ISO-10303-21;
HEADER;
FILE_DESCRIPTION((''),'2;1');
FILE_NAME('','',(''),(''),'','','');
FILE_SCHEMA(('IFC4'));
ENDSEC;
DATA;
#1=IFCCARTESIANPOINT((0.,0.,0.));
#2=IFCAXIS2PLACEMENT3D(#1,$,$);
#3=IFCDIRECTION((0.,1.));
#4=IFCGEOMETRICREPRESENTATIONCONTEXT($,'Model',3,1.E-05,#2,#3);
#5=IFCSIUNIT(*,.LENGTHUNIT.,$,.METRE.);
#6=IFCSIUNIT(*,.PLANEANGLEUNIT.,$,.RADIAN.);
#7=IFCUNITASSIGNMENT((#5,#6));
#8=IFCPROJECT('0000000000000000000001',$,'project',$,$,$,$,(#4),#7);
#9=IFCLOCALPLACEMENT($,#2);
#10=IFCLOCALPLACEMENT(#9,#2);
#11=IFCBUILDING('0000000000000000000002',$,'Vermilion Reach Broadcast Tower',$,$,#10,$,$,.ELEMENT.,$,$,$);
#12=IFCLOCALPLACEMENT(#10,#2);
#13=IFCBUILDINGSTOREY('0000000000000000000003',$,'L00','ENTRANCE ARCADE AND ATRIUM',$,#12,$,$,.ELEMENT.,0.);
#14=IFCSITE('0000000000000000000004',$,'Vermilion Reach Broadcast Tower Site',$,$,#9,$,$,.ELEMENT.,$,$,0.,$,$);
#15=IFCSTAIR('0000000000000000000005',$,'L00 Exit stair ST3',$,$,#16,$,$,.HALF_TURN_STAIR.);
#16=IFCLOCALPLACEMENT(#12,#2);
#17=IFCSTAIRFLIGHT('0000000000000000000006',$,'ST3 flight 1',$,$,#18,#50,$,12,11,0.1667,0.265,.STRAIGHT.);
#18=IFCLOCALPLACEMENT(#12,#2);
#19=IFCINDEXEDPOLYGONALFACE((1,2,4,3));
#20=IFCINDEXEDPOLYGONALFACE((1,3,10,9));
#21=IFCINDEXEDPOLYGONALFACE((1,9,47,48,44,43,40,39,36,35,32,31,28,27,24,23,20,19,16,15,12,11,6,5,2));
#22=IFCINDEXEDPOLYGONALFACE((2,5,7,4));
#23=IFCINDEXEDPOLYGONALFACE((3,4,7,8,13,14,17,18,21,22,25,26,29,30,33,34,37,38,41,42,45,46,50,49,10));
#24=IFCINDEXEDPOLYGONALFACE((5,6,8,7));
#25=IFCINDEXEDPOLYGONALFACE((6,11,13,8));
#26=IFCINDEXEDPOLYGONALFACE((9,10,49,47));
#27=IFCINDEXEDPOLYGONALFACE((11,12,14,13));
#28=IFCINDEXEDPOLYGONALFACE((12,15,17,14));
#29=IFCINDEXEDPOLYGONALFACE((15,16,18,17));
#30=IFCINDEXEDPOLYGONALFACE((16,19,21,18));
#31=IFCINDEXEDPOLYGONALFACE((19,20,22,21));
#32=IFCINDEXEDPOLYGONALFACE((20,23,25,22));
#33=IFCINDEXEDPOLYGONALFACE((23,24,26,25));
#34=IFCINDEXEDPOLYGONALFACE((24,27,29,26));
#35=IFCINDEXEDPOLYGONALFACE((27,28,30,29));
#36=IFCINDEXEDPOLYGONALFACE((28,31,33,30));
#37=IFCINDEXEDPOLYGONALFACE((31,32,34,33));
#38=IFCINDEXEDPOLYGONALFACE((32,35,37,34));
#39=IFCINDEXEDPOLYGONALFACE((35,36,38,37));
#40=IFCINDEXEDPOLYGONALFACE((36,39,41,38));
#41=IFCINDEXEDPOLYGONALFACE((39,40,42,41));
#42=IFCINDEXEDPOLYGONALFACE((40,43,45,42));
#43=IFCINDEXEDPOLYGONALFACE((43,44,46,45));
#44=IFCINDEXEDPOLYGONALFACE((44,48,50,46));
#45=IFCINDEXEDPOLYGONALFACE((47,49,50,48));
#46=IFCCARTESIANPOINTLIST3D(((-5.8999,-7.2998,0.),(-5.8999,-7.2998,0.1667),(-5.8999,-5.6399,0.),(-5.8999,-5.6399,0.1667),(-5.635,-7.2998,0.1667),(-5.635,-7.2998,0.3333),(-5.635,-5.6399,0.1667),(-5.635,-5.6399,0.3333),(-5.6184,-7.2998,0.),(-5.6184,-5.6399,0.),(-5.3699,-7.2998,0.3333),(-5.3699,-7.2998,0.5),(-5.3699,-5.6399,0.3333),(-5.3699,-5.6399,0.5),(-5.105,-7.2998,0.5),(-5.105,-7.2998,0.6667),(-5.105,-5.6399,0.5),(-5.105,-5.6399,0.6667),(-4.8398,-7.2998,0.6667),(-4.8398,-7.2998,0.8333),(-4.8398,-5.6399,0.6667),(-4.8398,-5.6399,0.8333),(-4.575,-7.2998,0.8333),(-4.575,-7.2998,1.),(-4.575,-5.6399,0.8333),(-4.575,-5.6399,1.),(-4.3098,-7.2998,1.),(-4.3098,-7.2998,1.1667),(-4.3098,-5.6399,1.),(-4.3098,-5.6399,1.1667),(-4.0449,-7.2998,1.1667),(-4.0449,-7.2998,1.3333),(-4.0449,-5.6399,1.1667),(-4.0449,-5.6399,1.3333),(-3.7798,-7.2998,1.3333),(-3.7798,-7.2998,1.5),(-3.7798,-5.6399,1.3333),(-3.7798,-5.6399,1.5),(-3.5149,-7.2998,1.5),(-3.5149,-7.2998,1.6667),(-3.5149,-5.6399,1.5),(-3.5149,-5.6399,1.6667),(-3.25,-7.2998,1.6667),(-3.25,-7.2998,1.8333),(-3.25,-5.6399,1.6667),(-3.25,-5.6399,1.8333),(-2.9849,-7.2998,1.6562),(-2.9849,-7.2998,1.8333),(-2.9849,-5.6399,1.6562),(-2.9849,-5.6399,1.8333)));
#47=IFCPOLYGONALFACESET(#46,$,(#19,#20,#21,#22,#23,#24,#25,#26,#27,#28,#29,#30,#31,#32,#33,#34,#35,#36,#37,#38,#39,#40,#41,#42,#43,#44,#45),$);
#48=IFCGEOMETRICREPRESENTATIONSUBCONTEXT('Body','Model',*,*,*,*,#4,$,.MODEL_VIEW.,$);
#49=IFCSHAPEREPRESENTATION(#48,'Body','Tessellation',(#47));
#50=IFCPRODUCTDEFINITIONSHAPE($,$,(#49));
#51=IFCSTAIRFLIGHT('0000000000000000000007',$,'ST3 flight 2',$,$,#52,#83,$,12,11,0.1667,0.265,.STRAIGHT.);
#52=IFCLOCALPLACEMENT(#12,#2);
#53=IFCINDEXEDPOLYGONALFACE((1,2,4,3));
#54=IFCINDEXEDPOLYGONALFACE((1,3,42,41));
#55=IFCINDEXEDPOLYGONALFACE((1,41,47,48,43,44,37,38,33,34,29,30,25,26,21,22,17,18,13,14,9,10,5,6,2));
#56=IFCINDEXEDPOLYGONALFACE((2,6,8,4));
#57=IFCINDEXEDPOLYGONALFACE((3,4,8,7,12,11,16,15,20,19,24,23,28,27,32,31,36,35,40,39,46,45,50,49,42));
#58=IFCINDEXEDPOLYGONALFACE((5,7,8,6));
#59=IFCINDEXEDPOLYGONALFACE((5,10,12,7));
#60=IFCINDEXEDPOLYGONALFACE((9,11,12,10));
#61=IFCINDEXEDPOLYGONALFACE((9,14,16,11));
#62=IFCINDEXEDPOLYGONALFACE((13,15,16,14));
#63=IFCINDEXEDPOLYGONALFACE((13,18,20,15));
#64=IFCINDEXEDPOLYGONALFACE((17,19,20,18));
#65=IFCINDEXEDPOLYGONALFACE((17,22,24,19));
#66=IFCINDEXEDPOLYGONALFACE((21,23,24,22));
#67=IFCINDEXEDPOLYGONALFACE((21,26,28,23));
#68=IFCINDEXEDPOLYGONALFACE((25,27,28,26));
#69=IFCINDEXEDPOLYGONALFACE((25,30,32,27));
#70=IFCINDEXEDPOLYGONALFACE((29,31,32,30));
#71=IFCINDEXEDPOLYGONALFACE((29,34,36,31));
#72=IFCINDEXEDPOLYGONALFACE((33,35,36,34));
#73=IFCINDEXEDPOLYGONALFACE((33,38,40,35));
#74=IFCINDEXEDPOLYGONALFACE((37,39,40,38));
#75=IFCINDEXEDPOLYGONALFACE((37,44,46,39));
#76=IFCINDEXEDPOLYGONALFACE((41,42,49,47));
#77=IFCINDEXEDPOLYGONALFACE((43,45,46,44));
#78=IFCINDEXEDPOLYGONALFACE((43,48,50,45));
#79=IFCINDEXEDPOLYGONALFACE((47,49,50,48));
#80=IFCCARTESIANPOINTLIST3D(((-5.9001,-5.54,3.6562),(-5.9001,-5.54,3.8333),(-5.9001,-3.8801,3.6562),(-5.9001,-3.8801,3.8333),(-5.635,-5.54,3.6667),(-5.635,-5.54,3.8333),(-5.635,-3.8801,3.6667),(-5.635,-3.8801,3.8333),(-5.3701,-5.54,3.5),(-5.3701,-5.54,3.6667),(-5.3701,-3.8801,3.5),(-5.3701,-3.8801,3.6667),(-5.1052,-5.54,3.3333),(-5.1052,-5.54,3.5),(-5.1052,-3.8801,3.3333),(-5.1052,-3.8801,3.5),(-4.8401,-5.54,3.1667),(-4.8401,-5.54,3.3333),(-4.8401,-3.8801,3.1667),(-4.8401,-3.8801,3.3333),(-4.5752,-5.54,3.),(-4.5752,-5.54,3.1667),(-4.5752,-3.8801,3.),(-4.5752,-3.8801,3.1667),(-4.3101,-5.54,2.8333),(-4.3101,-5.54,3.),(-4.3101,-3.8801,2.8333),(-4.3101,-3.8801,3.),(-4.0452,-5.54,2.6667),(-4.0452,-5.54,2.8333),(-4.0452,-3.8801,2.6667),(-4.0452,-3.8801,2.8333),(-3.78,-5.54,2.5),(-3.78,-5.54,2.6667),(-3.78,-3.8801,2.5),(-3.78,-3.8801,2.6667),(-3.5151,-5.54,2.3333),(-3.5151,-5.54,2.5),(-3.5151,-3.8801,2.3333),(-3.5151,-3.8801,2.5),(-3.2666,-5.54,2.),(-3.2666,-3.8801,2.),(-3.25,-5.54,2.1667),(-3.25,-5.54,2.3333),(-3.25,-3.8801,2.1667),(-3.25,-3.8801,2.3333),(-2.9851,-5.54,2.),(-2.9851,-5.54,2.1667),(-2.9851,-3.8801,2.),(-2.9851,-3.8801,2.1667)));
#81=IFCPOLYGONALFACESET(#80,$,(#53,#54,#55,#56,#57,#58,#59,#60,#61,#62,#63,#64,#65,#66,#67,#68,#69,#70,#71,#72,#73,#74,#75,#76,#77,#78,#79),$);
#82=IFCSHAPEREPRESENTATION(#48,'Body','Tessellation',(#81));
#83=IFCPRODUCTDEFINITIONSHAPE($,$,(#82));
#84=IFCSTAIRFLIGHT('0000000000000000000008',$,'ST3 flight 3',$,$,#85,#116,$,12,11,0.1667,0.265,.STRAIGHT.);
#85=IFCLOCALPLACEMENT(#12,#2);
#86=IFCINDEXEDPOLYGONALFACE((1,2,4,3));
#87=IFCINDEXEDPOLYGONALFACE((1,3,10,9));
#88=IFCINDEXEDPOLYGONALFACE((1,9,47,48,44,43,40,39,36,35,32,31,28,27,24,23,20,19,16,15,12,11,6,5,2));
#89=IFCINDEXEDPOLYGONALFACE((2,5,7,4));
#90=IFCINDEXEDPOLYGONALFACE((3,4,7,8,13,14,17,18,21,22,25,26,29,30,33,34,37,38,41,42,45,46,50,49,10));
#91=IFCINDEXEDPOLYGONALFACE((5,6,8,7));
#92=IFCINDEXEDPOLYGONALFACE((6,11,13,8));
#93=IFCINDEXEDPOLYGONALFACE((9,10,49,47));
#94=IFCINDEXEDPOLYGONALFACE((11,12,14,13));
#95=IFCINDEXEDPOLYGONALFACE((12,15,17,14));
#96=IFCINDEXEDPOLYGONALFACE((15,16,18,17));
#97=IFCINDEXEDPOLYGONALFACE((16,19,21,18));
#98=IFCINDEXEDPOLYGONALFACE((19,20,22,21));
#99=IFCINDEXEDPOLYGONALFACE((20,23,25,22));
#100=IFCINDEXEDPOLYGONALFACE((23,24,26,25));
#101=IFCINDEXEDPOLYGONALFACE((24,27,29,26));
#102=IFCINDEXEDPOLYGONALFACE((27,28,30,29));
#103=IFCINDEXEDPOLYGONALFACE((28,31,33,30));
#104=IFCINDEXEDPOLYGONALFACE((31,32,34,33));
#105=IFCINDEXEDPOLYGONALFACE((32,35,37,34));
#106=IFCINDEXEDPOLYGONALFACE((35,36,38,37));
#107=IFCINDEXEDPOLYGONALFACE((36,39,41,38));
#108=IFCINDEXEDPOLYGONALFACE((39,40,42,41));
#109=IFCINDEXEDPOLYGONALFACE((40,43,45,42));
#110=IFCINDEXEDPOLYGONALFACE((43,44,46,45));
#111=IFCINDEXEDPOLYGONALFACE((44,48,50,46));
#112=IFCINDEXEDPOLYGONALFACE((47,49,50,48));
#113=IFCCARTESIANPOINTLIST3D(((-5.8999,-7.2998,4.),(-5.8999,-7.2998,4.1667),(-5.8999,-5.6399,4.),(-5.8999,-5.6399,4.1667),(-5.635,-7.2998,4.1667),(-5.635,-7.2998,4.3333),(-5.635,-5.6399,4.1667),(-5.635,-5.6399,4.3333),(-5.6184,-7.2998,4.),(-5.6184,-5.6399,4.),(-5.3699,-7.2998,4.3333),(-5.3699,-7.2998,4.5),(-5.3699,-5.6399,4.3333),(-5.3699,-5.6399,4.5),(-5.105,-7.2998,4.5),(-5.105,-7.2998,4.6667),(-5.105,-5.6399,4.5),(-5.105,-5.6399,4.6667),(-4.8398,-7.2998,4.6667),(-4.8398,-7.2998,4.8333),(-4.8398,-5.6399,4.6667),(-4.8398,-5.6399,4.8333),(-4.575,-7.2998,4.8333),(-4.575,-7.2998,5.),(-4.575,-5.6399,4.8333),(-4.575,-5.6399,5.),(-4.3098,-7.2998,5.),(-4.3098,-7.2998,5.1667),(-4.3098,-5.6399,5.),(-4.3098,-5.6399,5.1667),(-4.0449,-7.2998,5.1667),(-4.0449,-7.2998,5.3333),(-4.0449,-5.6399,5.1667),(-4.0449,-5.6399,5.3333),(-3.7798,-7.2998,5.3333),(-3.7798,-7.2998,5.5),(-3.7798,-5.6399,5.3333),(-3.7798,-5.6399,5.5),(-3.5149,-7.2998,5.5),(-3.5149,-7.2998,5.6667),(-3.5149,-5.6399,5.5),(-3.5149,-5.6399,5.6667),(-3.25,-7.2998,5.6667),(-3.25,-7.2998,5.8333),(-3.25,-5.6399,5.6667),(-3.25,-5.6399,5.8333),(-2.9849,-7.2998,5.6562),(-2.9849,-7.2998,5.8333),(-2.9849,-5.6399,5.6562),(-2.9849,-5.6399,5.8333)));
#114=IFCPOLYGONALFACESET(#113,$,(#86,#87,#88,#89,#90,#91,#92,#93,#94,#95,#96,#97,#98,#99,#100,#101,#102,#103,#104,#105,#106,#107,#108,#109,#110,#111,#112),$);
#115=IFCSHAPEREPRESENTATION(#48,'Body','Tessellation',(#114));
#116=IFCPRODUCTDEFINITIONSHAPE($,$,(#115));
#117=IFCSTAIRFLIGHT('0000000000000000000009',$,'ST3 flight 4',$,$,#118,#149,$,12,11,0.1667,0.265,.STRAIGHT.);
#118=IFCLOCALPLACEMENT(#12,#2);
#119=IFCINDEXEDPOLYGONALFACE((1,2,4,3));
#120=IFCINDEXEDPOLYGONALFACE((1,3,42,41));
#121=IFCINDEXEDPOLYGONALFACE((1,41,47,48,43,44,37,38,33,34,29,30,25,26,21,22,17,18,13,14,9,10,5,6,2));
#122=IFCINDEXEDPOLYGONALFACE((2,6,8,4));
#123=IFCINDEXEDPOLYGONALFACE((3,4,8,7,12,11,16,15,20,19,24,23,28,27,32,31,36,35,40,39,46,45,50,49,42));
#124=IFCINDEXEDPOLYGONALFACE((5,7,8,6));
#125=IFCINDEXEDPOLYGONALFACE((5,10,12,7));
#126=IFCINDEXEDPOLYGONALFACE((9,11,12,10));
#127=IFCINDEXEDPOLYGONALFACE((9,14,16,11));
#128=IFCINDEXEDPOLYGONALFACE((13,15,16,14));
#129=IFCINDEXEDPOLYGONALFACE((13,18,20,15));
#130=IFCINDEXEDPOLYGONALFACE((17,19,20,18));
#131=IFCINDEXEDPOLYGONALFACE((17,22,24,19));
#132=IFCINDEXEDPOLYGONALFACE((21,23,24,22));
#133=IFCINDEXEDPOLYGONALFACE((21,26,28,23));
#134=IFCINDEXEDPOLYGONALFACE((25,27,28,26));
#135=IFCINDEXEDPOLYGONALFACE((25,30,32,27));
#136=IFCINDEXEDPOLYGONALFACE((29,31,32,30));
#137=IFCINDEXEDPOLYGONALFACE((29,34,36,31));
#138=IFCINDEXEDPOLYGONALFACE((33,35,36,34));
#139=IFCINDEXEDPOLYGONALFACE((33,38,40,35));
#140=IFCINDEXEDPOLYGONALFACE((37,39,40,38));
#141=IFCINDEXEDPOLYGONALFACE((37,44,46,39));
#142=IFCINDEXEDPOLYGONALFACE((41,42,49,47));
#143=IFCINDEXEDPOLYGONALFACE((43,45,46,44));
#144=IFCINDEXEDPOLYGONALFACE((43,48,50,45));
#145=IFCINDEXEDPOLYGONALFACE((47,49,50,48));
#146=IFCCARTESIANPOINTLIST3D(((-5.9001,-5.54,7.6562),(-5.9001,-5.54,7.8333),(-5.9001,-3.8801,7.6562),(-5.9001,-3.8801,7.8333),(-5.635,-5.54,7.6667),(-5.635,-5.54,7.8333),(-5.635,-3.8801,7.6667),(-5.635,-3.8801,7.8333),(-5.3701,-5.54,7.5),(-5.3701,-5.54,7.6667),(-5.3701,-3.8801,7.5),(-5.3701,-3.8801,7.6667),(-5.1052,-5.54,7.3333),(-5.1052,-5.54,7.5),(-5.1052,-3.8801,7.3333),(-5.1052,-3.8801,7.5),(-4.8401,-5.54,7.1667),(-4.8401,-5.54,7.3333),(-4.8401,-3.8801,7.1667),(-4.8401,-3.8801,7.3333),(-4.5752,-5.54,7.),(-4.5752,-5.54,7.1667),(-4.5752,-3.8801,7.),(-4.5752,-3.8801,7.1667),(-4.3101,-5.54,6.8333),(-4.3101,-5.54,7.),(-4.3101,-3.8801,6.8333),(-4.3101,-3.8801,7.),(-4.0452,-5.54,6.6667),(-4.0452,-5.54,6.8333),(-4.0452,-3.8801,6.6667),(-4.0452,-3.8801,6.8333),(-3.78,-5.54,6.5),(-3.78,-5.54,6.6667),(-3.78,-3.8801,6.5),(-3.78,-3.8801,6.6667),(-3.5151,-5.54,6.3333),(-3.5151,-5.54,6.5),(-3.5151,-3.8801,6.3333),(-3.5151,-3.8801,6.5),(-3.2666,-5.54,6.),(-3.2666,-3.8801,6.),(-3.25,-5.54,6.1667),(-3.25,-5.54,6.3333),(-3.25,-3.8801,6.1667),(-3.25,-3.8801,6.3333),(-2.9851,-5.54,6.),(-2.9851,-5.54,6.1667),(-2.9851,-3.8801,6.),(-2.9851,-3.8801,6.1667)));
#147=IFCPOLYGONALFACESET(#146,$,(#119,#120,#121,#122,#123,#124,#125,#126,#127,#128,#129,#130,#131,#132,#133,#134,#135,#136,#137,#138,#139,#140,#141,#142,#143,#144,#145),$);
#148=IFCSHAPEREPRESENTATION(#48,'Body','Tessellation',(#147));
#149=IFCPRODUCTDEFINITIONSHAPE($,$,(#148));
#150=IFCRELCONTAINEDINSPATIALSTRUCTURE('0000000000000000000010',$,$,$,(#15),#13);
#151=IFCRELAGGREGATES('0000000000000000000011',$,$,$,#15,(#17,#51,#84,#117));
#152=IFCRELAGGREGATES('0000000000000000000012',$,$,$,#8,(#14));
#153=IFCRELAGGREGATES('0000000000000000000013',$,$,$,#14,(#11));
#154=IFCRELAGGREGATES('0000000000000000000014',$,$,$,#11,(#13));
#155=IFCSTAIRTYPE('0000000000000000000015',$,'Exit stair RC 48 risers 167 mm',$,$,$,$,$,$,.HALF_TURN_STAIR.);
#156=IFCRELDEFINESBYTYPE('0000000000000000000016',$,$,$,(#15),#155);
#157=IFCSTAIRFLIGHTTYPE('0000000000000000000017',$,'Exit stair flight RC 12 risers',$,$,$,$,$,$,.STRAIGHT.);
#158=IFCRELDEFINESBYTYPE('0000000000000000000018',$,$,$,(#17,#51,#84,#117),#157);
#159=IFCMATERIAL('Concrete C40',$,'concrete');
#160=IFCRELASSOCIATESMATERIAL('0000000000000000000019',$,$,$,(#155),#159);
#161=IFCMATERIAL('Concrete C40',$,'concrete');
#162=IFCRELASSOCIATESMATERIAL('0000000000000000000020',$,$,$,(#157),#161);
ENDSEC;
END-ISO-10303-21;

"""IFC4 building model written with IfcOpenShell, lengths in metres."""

from ifc_helpers import new_model, si_unit, direction, frame, origin, place, context, subcontext, project, spatial, polyline, outline, extrude, material, type_object, element, aggregate, save


model = new_model("IFC4")

# Units and contexts
model_context = context("Model", 3, precision=1e-05, world=origin(), true_north=direction((0.0, 1.0)))
body_context = subcontext(model_context, "Body", "Model", "MODEL_VIEW")
ifc_project = project(units=[si_unit("LENGTHUNIT", "METRE"), si_unit("PLANEANGLEUNIT", "RADIAN")], contexts=[model_context])

# Site, building, storey
site_placement = place(None, origin())
site = spatial("IfcSite", under=ifc_project, at=site_placement, Name="Vermilion Reach Broadcast Tower Site", CompositionType="ELEMENT", RefElevation=0.0)
building_placement = place(site_placement, origin())
building = spatial("IfcBuilding", under=site, at=building_placement, Name="Vermilion Reach Broadcast Tower", CompositionType="ELEMENT")
storey_placement = place(building_placement, origin())
storey = spatial("IfcBuildingStorey", under=building, at=storey_placement, Name="L00", Description="ENTRANCE ARCADE AND ATRIUM", CompositionType="ELEMENT", Elevation=0.0)

# Stair, stair flights
ifc_material_1 = material(Name="Concrete C40", Category="concrete")
stair_type = type_object("IfcStairType", Name="Exit stair RC 48 risers 167 mm", PredefinedType="HALF_TURN_STAIR", material=ifc_material_1)
stair_placement = place(storey_placement, origin())
stair = element("IfcStair", 1, at=stair_placement, inside=storey, type_object=stair_type, Name="L00 Exit stair ST3", PredefinedType="HALF_TURN_STAIR")
ifc_material_2 = material(Name="Concrete C40", Category="concrete")
stair_flight_type = type_object("IfcStairFlightType", Name="Exit stair flight RC 12 risers", PredefinedType="STRAIGHT", material=ifc_material_2)
stair_flight_1_placement = place(storey_placement, frame((-5.8999, -6.47, 0.0), z_axis=(0.0, 0.0, 1.0), x_axis=(1.0, 0.0, 0.0)))
stair_flight_1 = element("IfcStairFlight", 2, at=stair_flight_1_placement, type_object=stair_flight_type, Name="ST3 flight 1", NumberOfRisers=12, NumberOfTreads=11, PredefinedType="STRAIGHT", RiserHeight=0.1667, TreadLength=0.265, context=body_context, shape_type="SweptSolid", body=[
    extrude(outline(polyline([(0.0, 0.0), (0.0, 0.1667), (0.2649, 0.1667), (0.2649, 0.3333), (0.53, 0.3333), (0.53, 0.5), (0.7949, 0.5), (0.7949, 0.6667), (1.0601, 0.6667), (1.0601, 0.8333), (1.325, 0.8333), (1.325, 1.0), (1.5901, 1.0), (1.5901, 1.1667), (1.855, 1.1667), (1.855, 1.3333), (2.1201, 1.3333), (2.1201, 1.5), (2.385, 1.5), (2.385, 1.6667), (2.6499, 1.6667), (2.6499, 1.8333), (2.915, 1.8333), (2.915, 2.0), (2.915, 1.6562), (0.2815, 0.0), (0.0, 0.0)])), frame((0.0, 0.8301, 0.0), z_axis=(0.0, -1.0, 0.0), x_axis=(1.0, 0.0, 0.0)), (0.0, 0.0, 1.0), 1.6599),
])
stair_flight_2_placement = place(storey_placement, frame((-2.9851, -4.71, 2.0), z_axis=(0.0, 0.0, 1.0), x_axis=(-1.0, 0.0, 0.0)))
stair_flight_2 = element("IfcStairFlight", 3, at=stair_flight_2_placement, type_object=stair_flight_type, Name="ST3 flight 2", NumberOfRisers=12, NumberOfTreads=11, PredefinedType="STRAIGHT", RiserHeight=0.1667, TreadLength=0.265, context=body_context, shape_type="SweptSolid", body=[
    extrude(outline(polyline([(0.0, 0.0), (0.0, 0.1667), (0.2649, 0.1667), (0.2649, 0.3333), (0.53, 0.3333), (0.53, 0.5), (0.7949, 0.5), (0.7949, 0.6667), (1.0601, 0.6667), (1.0601, 0.8333), (1.325, 0.8333), (1.325, 1.0), (1.5901, 1.0), (1.5901, 1.1667), (1.855, 1.1667), (1.855, 1.3333), (2.1201, 1.3333), (2.1201, 1.5), (2.385, 1.5), (2.385, 1.6667), (2.6499, 1.6667), (2.6499, 1.8333), (2.915, 1.8333), (2.915, 2.0), (2.915, 1.6562), (0.2815, 0.0), (0.0, 0.0)])), frame((0.0, 0.8301, 0.0), z_axis=(0.0, -1.0, 0.0), x_axis=(1.0, 0.0, 0.0)), (0.0, 0.0, 1.0), 1.6599),
])
stair_flight_3_placement = place(storey_placement, frame((-5.8999, -6.47, 4.0), z_axis=(0.0, 0.0, 1.0), x_axis=(1.0, 0.0, 0.0)))
stair_flight_3 = element("IfcStairFlight", 4, at=stair_flight_3_placement, type_object=stair_flight_type, Name="ST3 flight 3", NumberOfRisers=12, NumberOfTreads=11, PredefinedType="STRAIGHT", RiserHeight=0.1667, TreadLength=0.265, context=body_context, shape_type="SweptSolid", body=[
    extrude(outline(polyline([(0.0, 0.0), (0.0, 0.1667), (0.2649, 0.1667), (0.2649, 0.3333), (0.53, 0.3333), (0.53, 0.5), (0.7949, 0.5), (0.7949, 0.6667), (1.0601, 0.6667), (1.0601, 0.8333), (1.325, 0.8333), (1.325, 1.0), (1.5901, 1.0), (1.5901, 1.1667), (1.855, 1.1667), (1.855, 1.3333), (2.1201, 1.3333), (2.1201, 1.5), (2.385, 1.5), (2.385, 1.6667), (2.6499, 1.6667), (2.6499, 1.8333), (2.915, 1.8333), (2.915, 2.0), (2.915, 1.6562), (0.2815, 0.0), (0.0, 0.0)])), frame((0.0, 0.8301, 0.0), z_axis=(0.0, -1.0, 0.0), x_axis=(1.0, 0.0, 0.0)), (0.0, 0.0, 1.0), 1.6599),
])
stair_flight_4_placement = place(storey_placement, frame((-2.9851, -4.71, 6.0), z_axis=(0.0, 0.0, 1.0), x_axis=(-1.0, 0.0, 0.0)))
stair_flight_4 = element("IfcStairFlight", 5, at=stair_flight_4_placement, type_object=stair_flight_type, Name="ST3 flight 4", NumberOfRisers=12, NumberOfTreads=11, PredefinedType="STRAIGHT", RiserHeight=0.1667, TreadLength=0.265, context=body_context, shape_type="SweptSolid", body=[
    extrude(outline(polyline([(0.0, 0.0), (0.0, 0.1667), (0.2649, 0.1667), (0.2649, 0.3333), (0.53, 0.3333), (0.53, 0.5), (0.7949, 0.5), (0.7949, 0.6667), (1.0601, 0.6667), (1.0601, 0.8333), (1.325, 0.8333), (1.325, 1.0), (1.5901, 1.0), (1.5901, 1.1667), (1.855, 1.1667), (1.855, 1.3333), (2.1201, 1.3333), (2.1201, 1.5), (2.385, 1.5), (2.385, 1.6667), (2.6499, 1.6667), (2.6499, 1.8333), (2.915, 1.8333), (2.915, 2.0), (2.915, 1.6562), (0.2815, 0.0), (0.0, 0.0)])), frame((0.0, 0.8301, 0.0), z_axis=(0.0, -1.0, 0.0), x_axis=(1.0, 0.0, 0.0)), (0.0, 0.0, 1.0), 1.6599),
])
aggregate(stair, [stair_flight_1, stair_flight_2, stair_flight_3, stair_flight_4])

save(model, "model.ifc")
